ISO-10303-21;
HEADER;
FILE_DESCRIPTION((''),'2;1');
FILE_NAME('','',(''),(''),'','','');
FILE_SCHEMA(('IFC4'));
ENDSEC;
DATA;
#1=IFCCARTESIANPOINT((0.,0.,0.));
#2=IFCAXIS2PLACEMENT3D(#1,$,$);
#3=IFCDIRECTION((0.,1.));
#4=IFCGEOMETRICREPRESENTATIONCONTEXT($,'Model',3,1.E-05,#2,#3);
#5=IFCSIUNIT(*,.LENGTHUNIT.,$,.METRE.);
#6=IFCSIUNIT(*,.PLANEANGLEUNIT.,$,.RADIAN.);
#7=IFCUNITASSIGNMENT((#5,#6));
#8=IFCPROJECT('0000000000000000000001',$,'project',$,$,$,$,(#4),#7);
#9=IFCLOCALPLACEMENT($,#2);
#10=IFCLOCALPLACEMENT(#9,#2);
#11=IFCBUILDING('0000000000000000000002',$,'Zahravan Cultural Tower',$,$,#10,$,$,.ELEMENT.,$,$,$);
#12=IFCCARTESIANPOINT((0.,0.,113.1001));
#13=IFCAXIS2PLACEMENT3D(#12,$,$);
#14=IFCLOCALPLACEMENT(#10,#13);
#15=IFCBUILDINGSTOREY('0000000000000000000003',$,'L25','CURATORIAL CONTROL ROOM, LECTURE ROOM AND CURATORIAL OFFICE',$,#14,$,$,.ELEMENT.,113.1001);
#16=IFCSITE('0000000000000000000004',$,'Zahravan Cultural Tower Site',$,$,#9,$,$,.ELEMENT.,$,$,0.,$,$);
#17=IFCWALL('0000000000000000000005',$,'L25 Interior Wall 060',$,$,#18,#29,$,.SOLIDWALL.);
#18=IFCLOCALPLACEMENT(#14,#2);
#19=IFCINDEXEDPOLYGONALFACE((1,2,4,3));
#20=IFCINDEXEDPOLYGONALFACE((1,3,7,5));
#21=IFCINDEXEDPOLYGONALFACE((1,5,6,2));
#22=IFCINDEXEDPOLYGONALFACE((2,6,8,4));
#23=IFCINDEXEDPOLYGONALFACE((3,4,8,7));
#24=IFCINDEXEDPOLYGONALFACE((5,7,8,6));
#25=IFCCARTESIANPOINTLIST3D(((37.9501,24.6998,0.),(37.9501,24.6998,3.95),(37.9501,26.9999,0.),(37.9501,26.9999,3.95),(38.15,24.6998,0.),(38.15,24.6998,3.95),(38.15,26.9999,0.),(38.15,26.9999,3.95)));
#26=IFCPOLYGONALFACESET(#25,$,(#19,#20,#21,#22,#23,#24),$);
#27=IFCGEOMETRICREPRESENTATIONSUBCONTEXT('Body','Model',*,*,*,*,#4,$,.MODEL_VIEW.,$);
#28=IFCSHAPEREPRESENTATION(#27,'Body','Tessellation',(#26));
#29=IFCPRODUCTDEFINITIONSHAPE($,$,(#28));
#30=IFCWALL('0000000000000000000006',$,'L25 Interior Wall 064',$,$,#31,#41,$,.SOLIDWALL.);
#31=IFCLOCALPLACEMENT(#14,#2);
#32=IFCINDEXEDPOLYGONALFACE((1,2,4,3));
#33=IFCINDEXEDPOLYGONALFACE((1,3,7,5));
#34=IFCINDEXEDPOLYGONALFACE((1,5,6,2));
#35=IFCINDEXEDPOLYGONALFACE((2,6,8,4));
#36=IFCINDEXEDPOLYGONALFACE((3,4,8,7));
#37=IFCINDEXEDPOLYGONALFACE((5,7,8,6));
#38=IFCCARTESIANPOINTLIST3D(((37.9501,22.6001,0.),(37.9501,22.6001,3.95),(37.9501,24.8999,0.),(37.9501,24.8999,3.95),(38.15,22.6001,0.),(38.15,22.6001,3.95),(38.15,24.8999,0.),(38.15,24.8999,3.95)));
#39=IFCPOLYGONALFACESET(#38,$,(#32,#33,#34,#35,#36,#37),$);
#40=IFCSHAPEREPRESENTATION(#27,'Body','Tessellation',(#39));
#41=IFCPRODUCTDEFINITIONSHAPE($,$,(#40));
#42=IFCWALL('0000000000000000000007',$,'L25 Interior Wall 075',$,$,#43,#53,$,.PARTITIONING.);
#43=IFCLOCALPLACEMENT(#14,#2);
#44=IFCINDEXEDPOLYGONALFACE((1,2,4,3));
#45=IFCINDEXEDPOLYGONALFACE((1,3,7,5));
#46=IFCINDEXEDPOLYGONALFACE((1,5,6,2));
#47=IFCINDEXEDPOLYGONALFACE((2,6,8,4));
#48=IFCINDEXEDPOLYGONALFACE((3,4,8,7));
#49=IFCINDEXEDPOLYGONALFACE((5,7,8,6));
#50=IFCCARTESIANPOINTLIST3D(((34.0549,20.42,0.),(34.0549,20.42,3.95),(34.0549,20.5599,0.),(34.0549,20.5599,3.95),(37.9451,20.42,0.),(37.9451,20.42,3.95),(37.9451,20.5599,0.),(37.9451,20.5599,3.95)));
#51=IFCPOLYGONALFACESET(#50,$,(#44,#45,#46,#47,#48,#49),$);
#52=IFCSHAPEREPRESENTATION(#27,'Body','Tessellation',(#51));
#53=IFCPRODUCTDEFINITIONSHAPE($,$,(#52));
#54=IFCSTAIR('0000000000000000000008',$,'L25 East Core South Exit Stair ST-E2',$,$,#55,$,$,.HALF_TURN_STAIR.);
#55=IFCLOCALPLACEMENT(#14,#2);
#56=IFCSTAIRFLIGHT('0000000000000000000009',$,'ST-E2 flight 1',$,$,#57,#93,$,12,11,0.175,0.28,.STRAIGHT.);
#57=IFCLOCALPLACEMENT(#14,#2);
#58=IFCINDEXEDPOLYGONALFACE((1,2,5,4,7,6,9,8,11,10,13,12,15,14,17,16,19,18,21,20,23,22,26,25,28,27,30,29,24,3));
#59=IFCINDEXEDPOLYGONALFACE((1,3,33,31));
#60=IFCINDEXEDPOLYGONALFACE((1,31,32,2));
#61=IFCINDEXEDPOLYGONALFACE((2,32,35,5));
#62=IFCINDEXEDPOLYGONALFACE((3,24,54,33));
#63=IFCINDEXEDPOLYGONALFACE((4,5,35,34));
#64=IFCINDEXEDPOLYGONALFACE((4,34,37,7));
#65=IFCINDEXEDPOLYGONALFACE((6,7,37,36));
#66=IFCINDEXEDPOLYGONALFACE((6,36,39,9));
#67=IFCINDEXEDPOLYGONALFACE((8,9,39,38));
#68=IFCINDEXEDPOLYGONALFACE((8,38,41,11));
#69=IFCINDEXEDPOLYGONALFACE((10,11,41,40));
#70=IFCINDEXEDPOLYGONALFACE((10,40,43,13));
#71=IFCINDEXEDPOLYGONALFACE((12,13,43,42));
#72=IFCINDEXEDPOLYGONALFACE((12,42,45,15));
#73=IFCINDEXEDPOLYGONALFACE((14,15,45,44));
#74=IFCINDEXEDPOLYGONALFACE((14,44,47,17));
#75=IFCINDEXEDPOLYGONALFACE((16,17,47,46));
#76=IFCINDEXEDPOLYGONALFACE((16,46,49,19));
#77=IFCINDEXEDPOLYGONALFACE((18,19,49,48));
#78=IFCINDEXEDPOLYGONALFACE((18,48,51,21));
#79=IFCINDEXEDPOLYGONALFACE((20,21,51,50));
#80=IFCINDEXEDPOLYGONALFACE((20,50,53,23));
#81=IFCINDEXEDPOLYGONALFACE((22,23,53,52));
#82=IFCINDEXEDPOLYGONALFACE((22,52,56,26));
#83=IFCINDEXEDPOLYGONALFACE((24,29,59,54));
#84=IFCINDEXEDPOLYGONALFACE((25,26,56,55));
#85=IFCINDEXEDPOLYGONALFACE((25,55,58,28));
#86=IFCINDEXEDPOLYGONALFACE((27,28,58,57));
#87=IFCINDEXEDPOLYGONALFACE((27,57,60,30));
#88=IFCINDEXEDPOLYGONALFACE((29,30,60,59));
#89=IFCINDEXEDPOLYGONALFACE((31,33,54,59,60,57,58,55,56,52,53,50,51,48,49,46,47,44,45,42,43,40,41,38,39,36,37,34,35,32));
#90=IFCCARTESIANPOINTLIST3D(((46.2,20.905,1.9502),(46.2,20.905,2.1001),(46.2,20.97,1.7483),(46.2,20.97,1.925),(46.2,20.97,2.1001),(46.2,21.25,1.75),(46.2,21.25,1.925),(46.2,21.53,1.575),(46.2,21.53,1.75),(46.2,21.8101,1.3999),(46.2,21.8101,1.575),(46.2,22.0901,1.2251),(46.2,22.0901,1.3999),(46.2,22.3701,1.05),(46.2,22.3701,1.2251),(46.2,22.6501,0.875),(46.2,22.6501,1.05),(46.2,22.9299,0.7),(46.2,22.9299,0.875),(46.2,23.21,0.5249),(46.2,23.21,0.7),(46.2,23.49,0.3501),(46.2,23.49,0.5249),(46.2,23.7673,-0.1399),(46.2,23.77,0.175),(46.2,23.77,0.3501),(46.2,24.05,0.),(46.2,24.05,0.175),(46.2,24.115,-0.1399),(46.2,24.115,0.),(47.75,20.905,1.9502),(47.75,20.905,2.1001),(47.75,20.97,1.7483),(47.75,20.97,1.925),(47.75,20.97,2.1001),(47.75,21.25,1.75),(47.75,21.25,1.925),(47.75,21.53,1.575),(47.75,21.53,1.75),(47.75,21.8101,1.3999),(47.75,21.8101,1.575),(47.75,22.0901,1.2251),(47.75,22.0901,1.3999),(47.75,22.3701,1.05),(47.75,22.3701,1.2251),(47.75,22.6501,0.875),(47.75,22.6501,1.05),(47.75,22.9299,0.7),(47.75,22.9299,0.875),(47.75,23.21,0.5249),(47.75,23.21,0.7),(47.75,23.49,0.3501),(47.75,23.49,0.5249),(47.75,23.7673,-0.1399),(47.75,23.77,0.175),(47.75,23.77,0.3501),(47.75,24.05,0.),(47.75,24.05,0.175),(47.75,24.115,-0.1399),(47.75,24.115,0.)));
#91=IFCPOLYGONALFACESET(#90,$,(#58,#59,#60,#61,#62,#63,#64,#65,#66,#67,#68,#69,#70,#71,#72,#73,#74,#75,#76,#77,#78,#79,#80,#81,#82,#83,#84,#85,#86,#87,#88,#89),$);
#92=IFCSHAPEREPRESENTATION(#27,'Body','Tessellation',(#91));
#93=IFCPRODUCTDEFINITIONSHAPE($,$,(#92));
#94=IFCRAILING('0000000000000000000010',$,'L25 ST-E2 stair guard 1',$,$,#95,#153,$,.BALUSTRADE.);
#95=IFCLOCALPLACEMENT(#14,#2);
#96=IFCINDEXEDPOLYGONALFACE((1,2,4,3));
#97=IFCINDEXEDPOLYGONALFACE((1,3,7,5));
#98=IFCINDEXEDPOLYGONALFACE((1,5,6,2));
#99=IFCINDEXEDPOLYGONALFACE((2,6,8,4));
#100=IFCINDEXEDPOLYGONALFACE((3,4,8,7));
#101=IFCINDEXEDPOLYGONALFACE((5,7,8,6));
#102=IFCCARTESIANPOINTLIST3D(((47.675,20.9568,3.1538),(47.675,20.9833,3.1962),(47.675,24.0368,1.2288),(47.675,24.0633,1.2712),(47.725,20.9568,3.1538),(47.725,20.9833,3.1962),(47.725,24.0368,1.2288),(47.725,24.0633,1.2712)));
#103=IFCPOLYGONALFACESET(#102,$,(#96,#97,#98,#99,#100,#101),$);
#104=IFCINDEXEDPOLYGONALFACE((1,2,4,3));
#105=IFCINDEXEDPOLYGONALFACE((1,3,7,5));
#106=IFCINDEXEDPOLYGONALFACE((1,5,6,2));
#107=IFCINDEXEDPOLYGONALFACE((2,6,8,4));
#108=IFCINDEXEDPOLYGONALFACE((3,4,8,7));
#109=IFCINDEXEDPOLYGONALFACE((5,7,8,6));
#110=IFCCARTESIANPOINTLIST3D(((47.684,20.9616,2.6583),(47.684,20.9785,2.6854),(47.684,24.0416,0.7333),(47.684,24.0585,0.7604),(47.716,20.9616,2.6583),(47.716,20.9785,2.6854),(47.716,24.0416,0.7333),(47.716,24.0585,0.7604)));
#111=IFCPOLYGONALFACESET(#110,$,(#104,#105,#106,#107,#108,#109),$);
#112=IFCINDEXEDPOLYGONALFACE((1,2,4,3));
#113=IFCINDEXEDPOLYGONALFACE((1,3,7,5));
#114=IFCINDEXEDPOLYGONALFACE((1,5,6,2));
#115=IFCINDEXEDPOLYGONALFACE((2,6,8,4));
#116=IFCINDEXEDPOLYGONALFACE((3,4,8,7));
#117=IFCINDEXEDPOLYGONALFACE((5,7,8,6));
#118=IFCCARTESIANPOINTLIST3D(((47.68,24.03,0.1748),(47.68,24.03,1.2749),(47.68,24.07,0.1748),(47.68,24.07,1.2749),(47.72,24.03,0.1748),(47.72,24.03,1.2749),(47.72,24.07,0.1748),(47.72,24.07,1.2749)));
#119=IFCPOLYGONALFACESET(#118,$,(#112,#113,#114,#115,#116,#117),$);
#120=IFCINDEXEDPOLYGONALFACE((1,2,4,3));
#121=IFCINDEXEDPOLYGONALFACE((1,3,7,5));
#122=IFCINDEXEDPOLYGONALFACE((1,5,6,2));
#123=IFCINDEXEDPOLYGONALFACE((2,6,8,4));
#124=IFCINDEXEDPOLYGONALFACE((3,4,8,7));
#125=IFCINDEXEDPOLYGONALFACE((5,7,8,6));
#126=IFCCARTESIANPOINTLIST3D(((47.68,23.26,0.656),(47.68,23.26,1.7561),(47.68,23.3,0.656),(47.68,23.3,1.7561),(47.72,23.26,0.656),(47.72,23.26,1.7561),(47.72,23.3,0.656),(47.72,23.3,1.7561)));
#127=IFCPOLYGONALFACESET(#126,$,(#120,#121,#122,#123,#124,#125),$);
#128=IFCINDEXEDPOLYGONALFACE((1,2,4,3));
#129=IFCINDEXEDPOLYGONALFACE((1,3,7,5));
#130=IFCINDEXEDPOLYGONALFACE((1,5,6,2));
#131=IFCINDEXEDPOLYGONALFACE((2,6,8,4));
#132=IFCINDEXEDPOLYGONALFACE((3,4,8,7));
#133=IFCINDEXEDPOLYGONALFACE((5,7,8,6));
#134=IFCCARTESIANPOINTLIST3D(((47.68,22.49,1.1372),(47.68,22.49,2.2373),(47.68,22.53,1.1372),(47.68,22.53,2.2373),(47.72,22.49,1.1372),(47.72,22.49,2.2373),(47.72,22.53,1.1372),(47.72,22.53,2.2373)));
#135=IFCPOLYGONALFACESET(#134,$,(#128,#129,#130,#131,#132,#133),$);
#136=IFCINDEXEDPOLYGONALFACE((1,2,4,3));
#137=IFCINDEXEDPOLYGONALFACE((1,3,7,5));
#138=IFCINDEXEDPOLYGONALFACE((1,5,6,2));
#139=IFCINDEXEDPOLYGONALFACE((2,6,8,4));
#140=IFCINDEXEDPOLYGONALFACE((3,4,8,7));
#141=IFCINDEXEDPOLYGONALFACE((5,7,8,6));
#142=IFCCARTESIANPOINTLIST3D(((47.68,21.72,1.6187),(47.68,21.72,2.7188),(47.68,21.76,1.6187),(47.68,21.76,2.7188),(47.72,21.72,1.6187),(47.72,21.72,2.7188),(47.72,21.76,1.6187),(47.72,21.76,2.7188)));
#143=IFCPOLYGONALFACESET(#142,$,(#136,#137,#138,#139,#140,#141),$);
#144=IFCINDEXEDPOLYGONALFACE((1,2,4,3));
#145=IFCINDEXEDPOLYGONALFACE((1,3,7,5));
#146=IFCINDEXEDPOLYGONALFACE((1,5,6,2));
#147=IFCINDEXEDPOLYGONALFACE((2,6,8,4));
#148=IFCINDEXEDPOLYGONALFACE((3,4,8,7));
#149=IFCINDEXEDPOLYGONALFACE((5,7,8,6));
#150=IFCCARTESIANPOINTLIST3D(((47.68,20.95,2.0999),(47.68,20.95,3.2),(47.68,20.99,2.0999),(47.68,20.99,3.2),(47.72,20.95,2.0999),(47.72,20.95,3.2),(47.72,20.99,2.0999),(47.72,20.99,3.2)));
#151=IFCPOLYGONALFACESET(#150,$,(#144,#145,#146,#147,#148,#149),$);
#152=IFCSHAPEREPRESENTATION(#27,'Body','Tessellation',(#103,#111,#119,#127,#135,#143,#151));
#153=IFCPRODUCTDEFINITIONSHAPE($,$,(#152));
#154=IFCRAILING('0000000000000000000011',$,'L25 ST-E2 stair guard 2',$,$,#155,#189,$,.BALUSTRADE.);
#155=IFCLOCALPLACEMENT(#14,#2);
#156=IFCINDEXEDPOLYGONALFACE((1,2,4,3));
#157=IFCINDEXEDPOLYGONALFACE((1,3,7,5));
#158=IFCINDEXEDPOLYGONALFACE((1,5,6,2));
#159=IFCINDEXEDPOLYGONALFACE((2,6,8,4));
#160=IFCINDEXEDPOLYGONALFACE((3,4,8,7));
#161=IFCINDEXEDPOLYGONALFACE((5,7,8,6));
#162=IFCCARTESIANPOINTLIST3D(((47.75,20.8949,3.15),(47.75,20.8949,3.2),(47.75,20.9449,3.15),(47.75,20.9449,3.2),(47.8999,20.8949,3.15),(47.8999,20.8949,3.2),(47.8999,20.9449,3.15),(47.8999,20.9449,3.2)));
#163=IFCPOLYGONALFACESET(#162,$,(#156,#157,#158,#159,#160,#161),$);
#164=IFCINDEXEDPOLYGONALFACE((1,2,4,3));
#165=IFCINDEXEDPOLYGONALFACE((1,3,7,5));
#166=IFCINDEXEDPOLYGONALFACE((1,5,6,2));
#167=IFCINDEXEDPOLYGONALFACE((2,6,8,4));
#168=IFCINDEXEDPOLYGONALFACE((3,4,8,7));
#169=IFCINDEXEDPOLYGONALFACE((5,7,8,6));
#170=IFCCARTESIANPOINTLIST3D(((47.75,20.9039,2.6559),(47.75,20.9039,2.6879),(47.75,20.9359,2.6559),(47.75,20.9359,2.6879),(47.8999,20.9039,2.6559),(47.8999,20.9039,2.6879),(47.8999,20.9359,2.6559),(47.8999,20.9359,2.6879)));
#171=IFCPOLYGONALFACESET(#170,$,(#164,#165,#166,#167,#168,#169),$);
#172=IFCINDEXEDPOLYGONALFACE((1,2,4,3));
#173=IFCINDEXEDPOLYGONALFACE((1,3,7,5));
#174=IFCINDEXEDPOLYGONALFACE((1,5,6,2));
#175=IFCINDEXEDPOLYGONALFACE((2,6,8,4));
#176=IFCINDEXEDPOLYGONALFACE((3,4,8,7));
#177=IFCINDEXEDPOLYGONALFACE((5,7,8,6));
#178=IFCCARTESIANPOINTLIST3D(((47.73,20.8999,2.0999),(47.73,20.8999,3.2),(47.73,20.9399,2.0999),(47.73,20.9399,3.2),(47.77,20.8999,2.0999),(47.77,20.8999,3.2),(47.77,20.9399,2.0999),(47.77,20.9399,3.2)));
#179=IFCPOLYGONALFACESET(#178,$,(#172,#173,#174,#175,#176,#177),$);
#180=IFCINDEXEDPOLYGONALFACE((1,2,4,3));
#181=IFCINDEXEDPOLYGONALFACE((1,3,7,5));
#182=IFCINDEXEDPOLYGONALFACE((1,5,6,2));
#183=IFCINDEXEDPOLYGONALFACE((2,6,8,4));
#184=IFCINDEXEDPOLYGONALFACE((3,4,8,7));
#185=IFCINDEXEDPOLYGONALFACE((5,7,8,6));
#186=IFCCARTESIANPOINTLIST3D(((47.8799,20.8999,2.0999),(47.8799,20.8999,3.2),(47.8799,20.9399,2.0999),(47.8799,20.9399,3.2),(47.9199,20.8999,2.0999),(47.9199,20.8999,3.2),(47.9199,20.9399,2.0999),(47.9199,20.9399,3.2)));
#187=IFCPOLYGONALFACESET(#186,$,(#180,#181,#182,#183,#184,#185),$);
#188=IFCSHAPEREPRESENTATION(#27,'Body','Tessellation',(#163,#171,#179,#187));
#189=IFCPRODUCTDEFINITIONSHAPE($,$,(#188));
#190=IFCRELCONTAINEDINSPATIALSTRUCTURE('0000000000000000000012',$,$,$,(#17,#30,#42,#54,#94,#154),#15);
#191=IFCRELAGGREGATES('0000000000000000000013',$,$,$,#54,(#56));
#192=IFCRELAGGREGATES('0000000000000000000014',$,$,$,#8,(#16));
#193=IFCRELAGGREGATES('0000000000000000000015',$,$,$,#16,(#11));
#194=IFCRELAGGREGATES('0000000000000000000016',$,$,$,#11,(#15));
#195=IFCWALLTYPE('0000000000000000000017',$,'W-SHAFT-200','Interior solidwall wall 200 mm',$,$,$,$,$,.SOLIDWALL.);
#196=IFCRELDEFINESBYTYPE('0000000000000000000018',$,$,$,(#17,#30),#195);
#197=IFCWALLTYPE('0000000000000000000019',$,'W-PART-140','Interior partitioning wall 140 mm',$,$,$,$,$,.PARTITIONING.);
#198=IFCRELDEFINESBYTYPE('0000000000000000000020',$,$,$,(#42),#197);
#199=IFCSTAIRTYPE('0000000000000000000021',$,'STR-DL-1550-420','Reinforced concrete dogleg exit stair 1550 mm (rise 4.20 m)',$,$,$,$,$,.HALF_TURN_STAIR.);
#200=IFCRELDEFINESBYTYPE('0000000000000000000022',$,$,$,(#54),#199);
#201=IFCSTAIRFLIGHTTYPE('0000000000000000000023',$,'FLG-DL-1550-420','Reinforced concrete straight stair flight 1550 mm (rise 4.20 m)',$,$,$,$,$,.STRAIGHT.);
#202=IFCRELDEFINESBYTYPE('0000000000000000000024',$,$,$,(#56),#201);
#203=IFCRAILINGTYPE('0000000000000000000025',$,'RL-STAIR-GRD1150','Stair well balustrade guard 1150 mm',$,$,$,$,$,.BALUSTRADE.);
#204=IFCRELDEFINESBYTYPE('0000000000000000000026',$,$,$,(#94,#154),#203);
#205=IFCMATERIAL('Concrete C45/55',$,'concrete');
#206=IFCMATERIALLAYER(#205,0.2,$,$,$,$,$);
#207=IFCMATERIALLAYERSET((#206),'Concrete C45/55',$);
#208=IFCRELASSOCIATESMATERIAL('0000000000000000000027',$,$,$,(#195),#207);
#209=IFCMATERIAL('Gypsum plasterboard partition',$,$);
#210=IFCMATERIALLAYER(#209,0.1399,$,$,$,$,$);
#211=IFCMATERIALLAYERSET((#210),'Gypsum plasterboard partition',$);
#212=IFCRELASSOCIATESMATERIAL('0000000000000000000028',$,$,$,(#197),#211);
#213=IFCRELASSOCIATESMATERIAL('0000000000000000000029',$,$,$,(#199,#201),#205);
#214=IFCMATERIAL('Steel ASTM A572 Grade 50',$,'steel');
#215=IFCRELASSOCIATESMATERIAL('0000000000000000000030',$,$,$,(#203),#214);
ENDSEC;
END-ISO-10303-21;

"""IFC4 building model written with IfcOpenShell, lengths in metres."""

from ifc_helpers import new_model, si_unit, direction, frame, frame_2d, origin, origin_2d, place, context, subcontext, project, spatial, polyline, rectangle, outline, extrude, source, transform, mapped, material, layer, layer_set, type_object, element, aggregate, save


model = new_model("IFC4")

# Units and contexts
model_context = context("Model", 3, precision=1e-05, world=origin(), true_north=direction((0.0, 1.0)))
body_context = subcontext(model_context, "Body", "Model", "MODEL_VIEW")
ifc_project = project(units=[si_unit("LENGTHUNIT", "METRE"), si_unit("PLANEANGLEUNIT", "RADIAN")], contexts=[model_context])

# Site, building, storey
site_placement = place(None, origin())
site = spatial("IfcSite", under=ifc_project, at=site_placement, Name="Zahravan Cultural Tower Site", CompositionType="ELEMENT", RefElevation=0.0)
building_placement = place(site_placement, origin())
building = spatial("IfcBuilding", under=site, at=building_placement, Name="Zahravan Cultural Tower", CompositionType="ELEMENT")
storey_placement = place(building_placement, frame((0.0, 0.0, 113.1001)))
storey = spatial("IfcBuildingStorey", under=building, at=storey_placement, Name="L25", Description="CURATORIAL CONTROL ROOM, LECTURE ROOM AND CURATORIAL OFFICE", CompositionType="ELEMENT", Elevation=113.1001)

# Shared definitions
ifc_material_1 = material(Name="Steel ASTM A572 Grade 50", Category="steel")
ifc_material_2 = material(Name="Concrete C45/55", Category="concrete")
ifc_layer_1 = layer(ifc_material_2, 0.2)
ifc_layer_set_1 = layer_set([ifc_layer_1], Name="Concrete C45/55")
wall_type_1 = type_object("IfcWallType", Name="W-SHAFT-200", Description="Interior solidwall wall 200 mm", PredefinedType="SOLIDWALL", material=ifc_layer_set_1)

# Walls
shared_shape_1 = source(origin(), body_context, "Body", "SweptSolid", [
    extrude(rectangle(XDim=2.3, YDim=0.2, at=frame_2d((1.1499, 0.0))), origin(), (0.0, 0.0, 1.0), 3.95),
])
wall_1_placement = place(storey_placement, frame((38.05, 24.7, 0.0), z_axis=(0.0, 0.0, 1.0), x_axis=(0.0, 1.0, 0.0)))
element("IfcWall", 1, at=wall_1_placement, inside=storey, type_object=wall_type_1, Name="L25 Interior Wall 060", PredefinedType="SOLIDWALL", context=body_context, shape_type="MappedRepresentation", body=[
    mapped(shared_shape_1, transform((0.0, 0.0, 0.0), x_axis=(1.0, 0.0, 0.0), y_axis=(0.0, 1.0, 0.0), z_axis=(0.0, 0.0, 1.0), scale=1.0)),
])
shared_shape_2 = source(origin(), body_context, "Body", "SweptSolid", [
    extrude(rectangle(XDim=2.2998, YDim=0.2, at=frame_2d((1.1499, 0.0))), origin(), (0.0, 0.0, 1.0), 3.95),
])
wall_2_placement = place(storey_placement, frame((38.05, 22.6001, 0.0), z_axis=(0.0, 0.0, 1.0), x_axis=(0.0, 1.0, 0.0)))
element("IfcWall", 2, at=wall_2_placement, inside=storey, type_object=wall_type_1, Name="L25 Interior Wall 064", PredefinedType="SOLIDWALL", context=body_context, shape_type="MappedRepresentation", body=[
    mapped(shared_shape_2, transform((0.0, 0.0, 0.0), x_axis=(1.0, 0.0, 0.0), y_axis=(0.0, 1.0, 0.0), z_axis=(0.0, 0.0, 1.0), scale=1.0)),
])
ifc_material_3 = material(Name="Gypsum plasterboard partition")
ifc_layer_2 = layer(ifc_material_3, 0.1399)
ifc_layer_set_2 = layer_set([ifc_layer_2], Name="Gypsum plasterboard partition")
wall_type_2 = type_object("IfcWallType", Name="W-PART-140", Description="Interior partitioning wall 140 mm", PredefinedType="PARTITIONING", material=ifc_layer_set_2)
shared_shape_3 = source(origin(), body_context, "Body", "SweptSolid", [
    extrude(rectangle(XDim=3.8901, YDim=0.1399, at=frame_2d((1.9451, 0.0))), origin(), (0.0, 0.0, 1.0), 3.95),
])
wall_3_placement = place(storey_placement, frame((37.9451, 20.49, 0.0), z_axis=(0.0, 0.0, 1.0), x_axis=(-1.0, 0.0, 0.0)))
element("IfcWall", 3, at=wall_3_placement, inside=storey, type_object=wall_type_2, Name="L25 Interior Wall 075", PredefinedType="PARTITIONING", context=body_context, shape_type="MappedRepresentation", body=[
    mapped(shared_shape_3, transform((0.0, 0.0, 0.0), x_axis=(1.0, 0.0, 0.0), y_axis=(0.0, 1.0, 0.0), z_axis=(0.0, 0.0, 1.0), scale=1.0)),
])

# Stair, stair flight
stair_type = type_object("IfcStairType", Name="STR-DL-1550-420", Description="Reinforced concrete dogleg exit stair 1550 mm (rise 4.20 m)", PredefinedType="HALF_TURN_STAIR", material=ifc_material_2)
stair_placement = place(storey_placement, origin())
stair = element("IfcStair", 4, at=stair_placement, inside=storey, type_object=stair_type, Name="L25 East Core South Exit Stair ST-E2", PredefinedType="HALF_TURN_STAIR")
stair_flight_type = type_object("IfcStairFlightType", Name="FLG-DL-1550-420", Description="Reinforced concrete straight stair flight 1550 mm (rise 4.20 m)", PredefinedType="STRAIGHT", material=ifc_material_2)
stair_flight_placement = place(storey_placement, frame((46.9751, 24.05, 0.0), z_axis=(0.0, 0.0, 1.0), x_axis=(0.0, -1.0, 0.0)))
stair_flight = element("IfcStairFlight", 5, at=stair_flight_placement, type_object=stair_flight_type, Name="ST-E2 flight 1", NumberOfRisers=12, NumberOfTreads=11, PredefinedType="STRAIGHT", RiserHeight=0.175, TreadLength=0.28, context=body_context, shape_type="SweptSolid", body=[
    extrude(outline(polyline([(-0.0649, -0.1399), (-0.0649, 0.0), (0.0, 0.0), (0.0, 0.175), (0.28, 0.175), (0.28, 0.3501), (0.5601, 0.3501), (0.5601, 0.5249), (0.8401, 0.5249), (0.8401, 0.7), (1.1201, 0.7), (1.1201, 0.875), (1.3999, 0.875), (1.3999, 1.05), (1.6799, 1.05), (1.6799, 1.2251), (1.96, 1.2251), (1.96, 1.3999), (2.24, 1.3999), (2.24, 1.575), (2.52, 1.575), (2.52, 1.75), (2.8, 1.75), (2.8, 1.925), (3.0801, 1.925), (3.0801, 2.1001), (3.145, 2.1001), (3.145, 1.9502), (3.0801, 1.7483), (0.2827, -0.1399), (-0.0649, -0.1399)])), frame((0.0, 0.7749, 0.0), z_axis=(0.0, -1.0, 0.0), x_axis=(1.0, 0.0, 0.0)), (0.0, 0.0, 1.0), 1.55),
])
aggregate(stair, [stair_flight])

# Railings
railing_type_1 = type_object("IfcRailingType", Name="RL-STAIR-GRD1150", Description="Stair well balustrade guard 1150 mm", PredefinedType="BALUSTRADE", material=ifc_material_1)
railing_1_placement = place(storey_placement, frame((47.7, 24.05, 0.1748)))
element("IfcRailing", 6, at=railing_1_placement, inside=storey, type_object=railing_type_1, Name="L25 ST-E2 stair guard 1", PredefinedType="BALUSTRADE", context=body_context, shape_type="SweptSolid", body=[
    extrude(rectangle(XDim=0.05, YDim=0.05, at=origin_2d()), frame((0.0, 0.0, 1.0752), z_axis=(0.0, -0.847998, 0.529999), x_axis=(1.0, 0.0, 0.0)), (0.0, 0.0, 1.0), 3.6321),
    extrude(rectangle(XDim=0.032, YDim=0.032, at=origin_2d()), frame((0.0, 0.0, 0.572), z_axis=(0.0, -0.847998, 0.529999), x_axis=(1.0, 0.0, 0.0)), (0.0, 0.0, 1.0), 3.6321),
    extrude(rectangle(XDim=0.04, YDim=0.04, at=origin_2d()), origin(), (0.0, 0.0, 1.0), 1.1001),
    extrude(rectangle(XDim=0.04, YDim=0.04, at=origin_2d()), frame((0.0, -0.77, 0.4812)), (0.0, 0.0, 1.0), 1.1001),
    extrude(rectangle(XDim=0.04, YDim=0.04, at=origin_2d()), frame((0.0, -1.54, 0.9624)), (0.0, 0.0, 1.0), 1.1001),
    extrude(rectangle(XDim=0.04, YDim=0.04, at=origin_2d()), frame((0.0, -2.3101, 1.4438)), (0.0, 0.0, 1.0), 1.1001),
    extrude(rectangle(XDim=0.04, YDim=0.04, at=origin_2d()), frame((0.0, -3.0801, 1.925)), (0.0, 0.0, 1.0), 1.1001),
])
railing_2_placement = place(storey_placement, frame((47.75, 20.9199, 2.0999)))
element("IfcRailing", 7, at=railing_2_placement, inside=storey, type_object=railing_type_1, Name="L25 ST-E2 stair guard 2", PredefinedType="BALUSTRADE", context=body_context, shape_type="SweptSolid", body=[
    extrude(rectangle(XDim=0.05, YDim=0.05, at=origin_2d()), frame((0.0, 0.0, 1.0752), z_axis=(1.0, 0.0, 0.0), x_axis=(0.0, 1.0, 0.0)), (0.0, 0.0, 1.0), 0.1499),
    extrude(rectangle(XDim=0.032, YDim=0.032, at=origin_2d()), frame((0.0, 0.0, 0.572), z_axis=(1.0, 0.0, 0.0), x_axis=(0.0, 1.0, 0.0)), (0.0, 0.0, 1.0), 0.1499),
    extrude(rectangle(XDim=0.04, YDim=0.04, at=origin_2d()), origin(), (0.0, 0.0, 1.0), 1.1001),
    extrude(rectangle(XDim=0.04, YDim=0.04, at=origin_2d()), frame((0.1499, 0.0, 0.0)), (0.0, 0.0, 1.0), 1.1001),
])

save(model, "model.ifc")
